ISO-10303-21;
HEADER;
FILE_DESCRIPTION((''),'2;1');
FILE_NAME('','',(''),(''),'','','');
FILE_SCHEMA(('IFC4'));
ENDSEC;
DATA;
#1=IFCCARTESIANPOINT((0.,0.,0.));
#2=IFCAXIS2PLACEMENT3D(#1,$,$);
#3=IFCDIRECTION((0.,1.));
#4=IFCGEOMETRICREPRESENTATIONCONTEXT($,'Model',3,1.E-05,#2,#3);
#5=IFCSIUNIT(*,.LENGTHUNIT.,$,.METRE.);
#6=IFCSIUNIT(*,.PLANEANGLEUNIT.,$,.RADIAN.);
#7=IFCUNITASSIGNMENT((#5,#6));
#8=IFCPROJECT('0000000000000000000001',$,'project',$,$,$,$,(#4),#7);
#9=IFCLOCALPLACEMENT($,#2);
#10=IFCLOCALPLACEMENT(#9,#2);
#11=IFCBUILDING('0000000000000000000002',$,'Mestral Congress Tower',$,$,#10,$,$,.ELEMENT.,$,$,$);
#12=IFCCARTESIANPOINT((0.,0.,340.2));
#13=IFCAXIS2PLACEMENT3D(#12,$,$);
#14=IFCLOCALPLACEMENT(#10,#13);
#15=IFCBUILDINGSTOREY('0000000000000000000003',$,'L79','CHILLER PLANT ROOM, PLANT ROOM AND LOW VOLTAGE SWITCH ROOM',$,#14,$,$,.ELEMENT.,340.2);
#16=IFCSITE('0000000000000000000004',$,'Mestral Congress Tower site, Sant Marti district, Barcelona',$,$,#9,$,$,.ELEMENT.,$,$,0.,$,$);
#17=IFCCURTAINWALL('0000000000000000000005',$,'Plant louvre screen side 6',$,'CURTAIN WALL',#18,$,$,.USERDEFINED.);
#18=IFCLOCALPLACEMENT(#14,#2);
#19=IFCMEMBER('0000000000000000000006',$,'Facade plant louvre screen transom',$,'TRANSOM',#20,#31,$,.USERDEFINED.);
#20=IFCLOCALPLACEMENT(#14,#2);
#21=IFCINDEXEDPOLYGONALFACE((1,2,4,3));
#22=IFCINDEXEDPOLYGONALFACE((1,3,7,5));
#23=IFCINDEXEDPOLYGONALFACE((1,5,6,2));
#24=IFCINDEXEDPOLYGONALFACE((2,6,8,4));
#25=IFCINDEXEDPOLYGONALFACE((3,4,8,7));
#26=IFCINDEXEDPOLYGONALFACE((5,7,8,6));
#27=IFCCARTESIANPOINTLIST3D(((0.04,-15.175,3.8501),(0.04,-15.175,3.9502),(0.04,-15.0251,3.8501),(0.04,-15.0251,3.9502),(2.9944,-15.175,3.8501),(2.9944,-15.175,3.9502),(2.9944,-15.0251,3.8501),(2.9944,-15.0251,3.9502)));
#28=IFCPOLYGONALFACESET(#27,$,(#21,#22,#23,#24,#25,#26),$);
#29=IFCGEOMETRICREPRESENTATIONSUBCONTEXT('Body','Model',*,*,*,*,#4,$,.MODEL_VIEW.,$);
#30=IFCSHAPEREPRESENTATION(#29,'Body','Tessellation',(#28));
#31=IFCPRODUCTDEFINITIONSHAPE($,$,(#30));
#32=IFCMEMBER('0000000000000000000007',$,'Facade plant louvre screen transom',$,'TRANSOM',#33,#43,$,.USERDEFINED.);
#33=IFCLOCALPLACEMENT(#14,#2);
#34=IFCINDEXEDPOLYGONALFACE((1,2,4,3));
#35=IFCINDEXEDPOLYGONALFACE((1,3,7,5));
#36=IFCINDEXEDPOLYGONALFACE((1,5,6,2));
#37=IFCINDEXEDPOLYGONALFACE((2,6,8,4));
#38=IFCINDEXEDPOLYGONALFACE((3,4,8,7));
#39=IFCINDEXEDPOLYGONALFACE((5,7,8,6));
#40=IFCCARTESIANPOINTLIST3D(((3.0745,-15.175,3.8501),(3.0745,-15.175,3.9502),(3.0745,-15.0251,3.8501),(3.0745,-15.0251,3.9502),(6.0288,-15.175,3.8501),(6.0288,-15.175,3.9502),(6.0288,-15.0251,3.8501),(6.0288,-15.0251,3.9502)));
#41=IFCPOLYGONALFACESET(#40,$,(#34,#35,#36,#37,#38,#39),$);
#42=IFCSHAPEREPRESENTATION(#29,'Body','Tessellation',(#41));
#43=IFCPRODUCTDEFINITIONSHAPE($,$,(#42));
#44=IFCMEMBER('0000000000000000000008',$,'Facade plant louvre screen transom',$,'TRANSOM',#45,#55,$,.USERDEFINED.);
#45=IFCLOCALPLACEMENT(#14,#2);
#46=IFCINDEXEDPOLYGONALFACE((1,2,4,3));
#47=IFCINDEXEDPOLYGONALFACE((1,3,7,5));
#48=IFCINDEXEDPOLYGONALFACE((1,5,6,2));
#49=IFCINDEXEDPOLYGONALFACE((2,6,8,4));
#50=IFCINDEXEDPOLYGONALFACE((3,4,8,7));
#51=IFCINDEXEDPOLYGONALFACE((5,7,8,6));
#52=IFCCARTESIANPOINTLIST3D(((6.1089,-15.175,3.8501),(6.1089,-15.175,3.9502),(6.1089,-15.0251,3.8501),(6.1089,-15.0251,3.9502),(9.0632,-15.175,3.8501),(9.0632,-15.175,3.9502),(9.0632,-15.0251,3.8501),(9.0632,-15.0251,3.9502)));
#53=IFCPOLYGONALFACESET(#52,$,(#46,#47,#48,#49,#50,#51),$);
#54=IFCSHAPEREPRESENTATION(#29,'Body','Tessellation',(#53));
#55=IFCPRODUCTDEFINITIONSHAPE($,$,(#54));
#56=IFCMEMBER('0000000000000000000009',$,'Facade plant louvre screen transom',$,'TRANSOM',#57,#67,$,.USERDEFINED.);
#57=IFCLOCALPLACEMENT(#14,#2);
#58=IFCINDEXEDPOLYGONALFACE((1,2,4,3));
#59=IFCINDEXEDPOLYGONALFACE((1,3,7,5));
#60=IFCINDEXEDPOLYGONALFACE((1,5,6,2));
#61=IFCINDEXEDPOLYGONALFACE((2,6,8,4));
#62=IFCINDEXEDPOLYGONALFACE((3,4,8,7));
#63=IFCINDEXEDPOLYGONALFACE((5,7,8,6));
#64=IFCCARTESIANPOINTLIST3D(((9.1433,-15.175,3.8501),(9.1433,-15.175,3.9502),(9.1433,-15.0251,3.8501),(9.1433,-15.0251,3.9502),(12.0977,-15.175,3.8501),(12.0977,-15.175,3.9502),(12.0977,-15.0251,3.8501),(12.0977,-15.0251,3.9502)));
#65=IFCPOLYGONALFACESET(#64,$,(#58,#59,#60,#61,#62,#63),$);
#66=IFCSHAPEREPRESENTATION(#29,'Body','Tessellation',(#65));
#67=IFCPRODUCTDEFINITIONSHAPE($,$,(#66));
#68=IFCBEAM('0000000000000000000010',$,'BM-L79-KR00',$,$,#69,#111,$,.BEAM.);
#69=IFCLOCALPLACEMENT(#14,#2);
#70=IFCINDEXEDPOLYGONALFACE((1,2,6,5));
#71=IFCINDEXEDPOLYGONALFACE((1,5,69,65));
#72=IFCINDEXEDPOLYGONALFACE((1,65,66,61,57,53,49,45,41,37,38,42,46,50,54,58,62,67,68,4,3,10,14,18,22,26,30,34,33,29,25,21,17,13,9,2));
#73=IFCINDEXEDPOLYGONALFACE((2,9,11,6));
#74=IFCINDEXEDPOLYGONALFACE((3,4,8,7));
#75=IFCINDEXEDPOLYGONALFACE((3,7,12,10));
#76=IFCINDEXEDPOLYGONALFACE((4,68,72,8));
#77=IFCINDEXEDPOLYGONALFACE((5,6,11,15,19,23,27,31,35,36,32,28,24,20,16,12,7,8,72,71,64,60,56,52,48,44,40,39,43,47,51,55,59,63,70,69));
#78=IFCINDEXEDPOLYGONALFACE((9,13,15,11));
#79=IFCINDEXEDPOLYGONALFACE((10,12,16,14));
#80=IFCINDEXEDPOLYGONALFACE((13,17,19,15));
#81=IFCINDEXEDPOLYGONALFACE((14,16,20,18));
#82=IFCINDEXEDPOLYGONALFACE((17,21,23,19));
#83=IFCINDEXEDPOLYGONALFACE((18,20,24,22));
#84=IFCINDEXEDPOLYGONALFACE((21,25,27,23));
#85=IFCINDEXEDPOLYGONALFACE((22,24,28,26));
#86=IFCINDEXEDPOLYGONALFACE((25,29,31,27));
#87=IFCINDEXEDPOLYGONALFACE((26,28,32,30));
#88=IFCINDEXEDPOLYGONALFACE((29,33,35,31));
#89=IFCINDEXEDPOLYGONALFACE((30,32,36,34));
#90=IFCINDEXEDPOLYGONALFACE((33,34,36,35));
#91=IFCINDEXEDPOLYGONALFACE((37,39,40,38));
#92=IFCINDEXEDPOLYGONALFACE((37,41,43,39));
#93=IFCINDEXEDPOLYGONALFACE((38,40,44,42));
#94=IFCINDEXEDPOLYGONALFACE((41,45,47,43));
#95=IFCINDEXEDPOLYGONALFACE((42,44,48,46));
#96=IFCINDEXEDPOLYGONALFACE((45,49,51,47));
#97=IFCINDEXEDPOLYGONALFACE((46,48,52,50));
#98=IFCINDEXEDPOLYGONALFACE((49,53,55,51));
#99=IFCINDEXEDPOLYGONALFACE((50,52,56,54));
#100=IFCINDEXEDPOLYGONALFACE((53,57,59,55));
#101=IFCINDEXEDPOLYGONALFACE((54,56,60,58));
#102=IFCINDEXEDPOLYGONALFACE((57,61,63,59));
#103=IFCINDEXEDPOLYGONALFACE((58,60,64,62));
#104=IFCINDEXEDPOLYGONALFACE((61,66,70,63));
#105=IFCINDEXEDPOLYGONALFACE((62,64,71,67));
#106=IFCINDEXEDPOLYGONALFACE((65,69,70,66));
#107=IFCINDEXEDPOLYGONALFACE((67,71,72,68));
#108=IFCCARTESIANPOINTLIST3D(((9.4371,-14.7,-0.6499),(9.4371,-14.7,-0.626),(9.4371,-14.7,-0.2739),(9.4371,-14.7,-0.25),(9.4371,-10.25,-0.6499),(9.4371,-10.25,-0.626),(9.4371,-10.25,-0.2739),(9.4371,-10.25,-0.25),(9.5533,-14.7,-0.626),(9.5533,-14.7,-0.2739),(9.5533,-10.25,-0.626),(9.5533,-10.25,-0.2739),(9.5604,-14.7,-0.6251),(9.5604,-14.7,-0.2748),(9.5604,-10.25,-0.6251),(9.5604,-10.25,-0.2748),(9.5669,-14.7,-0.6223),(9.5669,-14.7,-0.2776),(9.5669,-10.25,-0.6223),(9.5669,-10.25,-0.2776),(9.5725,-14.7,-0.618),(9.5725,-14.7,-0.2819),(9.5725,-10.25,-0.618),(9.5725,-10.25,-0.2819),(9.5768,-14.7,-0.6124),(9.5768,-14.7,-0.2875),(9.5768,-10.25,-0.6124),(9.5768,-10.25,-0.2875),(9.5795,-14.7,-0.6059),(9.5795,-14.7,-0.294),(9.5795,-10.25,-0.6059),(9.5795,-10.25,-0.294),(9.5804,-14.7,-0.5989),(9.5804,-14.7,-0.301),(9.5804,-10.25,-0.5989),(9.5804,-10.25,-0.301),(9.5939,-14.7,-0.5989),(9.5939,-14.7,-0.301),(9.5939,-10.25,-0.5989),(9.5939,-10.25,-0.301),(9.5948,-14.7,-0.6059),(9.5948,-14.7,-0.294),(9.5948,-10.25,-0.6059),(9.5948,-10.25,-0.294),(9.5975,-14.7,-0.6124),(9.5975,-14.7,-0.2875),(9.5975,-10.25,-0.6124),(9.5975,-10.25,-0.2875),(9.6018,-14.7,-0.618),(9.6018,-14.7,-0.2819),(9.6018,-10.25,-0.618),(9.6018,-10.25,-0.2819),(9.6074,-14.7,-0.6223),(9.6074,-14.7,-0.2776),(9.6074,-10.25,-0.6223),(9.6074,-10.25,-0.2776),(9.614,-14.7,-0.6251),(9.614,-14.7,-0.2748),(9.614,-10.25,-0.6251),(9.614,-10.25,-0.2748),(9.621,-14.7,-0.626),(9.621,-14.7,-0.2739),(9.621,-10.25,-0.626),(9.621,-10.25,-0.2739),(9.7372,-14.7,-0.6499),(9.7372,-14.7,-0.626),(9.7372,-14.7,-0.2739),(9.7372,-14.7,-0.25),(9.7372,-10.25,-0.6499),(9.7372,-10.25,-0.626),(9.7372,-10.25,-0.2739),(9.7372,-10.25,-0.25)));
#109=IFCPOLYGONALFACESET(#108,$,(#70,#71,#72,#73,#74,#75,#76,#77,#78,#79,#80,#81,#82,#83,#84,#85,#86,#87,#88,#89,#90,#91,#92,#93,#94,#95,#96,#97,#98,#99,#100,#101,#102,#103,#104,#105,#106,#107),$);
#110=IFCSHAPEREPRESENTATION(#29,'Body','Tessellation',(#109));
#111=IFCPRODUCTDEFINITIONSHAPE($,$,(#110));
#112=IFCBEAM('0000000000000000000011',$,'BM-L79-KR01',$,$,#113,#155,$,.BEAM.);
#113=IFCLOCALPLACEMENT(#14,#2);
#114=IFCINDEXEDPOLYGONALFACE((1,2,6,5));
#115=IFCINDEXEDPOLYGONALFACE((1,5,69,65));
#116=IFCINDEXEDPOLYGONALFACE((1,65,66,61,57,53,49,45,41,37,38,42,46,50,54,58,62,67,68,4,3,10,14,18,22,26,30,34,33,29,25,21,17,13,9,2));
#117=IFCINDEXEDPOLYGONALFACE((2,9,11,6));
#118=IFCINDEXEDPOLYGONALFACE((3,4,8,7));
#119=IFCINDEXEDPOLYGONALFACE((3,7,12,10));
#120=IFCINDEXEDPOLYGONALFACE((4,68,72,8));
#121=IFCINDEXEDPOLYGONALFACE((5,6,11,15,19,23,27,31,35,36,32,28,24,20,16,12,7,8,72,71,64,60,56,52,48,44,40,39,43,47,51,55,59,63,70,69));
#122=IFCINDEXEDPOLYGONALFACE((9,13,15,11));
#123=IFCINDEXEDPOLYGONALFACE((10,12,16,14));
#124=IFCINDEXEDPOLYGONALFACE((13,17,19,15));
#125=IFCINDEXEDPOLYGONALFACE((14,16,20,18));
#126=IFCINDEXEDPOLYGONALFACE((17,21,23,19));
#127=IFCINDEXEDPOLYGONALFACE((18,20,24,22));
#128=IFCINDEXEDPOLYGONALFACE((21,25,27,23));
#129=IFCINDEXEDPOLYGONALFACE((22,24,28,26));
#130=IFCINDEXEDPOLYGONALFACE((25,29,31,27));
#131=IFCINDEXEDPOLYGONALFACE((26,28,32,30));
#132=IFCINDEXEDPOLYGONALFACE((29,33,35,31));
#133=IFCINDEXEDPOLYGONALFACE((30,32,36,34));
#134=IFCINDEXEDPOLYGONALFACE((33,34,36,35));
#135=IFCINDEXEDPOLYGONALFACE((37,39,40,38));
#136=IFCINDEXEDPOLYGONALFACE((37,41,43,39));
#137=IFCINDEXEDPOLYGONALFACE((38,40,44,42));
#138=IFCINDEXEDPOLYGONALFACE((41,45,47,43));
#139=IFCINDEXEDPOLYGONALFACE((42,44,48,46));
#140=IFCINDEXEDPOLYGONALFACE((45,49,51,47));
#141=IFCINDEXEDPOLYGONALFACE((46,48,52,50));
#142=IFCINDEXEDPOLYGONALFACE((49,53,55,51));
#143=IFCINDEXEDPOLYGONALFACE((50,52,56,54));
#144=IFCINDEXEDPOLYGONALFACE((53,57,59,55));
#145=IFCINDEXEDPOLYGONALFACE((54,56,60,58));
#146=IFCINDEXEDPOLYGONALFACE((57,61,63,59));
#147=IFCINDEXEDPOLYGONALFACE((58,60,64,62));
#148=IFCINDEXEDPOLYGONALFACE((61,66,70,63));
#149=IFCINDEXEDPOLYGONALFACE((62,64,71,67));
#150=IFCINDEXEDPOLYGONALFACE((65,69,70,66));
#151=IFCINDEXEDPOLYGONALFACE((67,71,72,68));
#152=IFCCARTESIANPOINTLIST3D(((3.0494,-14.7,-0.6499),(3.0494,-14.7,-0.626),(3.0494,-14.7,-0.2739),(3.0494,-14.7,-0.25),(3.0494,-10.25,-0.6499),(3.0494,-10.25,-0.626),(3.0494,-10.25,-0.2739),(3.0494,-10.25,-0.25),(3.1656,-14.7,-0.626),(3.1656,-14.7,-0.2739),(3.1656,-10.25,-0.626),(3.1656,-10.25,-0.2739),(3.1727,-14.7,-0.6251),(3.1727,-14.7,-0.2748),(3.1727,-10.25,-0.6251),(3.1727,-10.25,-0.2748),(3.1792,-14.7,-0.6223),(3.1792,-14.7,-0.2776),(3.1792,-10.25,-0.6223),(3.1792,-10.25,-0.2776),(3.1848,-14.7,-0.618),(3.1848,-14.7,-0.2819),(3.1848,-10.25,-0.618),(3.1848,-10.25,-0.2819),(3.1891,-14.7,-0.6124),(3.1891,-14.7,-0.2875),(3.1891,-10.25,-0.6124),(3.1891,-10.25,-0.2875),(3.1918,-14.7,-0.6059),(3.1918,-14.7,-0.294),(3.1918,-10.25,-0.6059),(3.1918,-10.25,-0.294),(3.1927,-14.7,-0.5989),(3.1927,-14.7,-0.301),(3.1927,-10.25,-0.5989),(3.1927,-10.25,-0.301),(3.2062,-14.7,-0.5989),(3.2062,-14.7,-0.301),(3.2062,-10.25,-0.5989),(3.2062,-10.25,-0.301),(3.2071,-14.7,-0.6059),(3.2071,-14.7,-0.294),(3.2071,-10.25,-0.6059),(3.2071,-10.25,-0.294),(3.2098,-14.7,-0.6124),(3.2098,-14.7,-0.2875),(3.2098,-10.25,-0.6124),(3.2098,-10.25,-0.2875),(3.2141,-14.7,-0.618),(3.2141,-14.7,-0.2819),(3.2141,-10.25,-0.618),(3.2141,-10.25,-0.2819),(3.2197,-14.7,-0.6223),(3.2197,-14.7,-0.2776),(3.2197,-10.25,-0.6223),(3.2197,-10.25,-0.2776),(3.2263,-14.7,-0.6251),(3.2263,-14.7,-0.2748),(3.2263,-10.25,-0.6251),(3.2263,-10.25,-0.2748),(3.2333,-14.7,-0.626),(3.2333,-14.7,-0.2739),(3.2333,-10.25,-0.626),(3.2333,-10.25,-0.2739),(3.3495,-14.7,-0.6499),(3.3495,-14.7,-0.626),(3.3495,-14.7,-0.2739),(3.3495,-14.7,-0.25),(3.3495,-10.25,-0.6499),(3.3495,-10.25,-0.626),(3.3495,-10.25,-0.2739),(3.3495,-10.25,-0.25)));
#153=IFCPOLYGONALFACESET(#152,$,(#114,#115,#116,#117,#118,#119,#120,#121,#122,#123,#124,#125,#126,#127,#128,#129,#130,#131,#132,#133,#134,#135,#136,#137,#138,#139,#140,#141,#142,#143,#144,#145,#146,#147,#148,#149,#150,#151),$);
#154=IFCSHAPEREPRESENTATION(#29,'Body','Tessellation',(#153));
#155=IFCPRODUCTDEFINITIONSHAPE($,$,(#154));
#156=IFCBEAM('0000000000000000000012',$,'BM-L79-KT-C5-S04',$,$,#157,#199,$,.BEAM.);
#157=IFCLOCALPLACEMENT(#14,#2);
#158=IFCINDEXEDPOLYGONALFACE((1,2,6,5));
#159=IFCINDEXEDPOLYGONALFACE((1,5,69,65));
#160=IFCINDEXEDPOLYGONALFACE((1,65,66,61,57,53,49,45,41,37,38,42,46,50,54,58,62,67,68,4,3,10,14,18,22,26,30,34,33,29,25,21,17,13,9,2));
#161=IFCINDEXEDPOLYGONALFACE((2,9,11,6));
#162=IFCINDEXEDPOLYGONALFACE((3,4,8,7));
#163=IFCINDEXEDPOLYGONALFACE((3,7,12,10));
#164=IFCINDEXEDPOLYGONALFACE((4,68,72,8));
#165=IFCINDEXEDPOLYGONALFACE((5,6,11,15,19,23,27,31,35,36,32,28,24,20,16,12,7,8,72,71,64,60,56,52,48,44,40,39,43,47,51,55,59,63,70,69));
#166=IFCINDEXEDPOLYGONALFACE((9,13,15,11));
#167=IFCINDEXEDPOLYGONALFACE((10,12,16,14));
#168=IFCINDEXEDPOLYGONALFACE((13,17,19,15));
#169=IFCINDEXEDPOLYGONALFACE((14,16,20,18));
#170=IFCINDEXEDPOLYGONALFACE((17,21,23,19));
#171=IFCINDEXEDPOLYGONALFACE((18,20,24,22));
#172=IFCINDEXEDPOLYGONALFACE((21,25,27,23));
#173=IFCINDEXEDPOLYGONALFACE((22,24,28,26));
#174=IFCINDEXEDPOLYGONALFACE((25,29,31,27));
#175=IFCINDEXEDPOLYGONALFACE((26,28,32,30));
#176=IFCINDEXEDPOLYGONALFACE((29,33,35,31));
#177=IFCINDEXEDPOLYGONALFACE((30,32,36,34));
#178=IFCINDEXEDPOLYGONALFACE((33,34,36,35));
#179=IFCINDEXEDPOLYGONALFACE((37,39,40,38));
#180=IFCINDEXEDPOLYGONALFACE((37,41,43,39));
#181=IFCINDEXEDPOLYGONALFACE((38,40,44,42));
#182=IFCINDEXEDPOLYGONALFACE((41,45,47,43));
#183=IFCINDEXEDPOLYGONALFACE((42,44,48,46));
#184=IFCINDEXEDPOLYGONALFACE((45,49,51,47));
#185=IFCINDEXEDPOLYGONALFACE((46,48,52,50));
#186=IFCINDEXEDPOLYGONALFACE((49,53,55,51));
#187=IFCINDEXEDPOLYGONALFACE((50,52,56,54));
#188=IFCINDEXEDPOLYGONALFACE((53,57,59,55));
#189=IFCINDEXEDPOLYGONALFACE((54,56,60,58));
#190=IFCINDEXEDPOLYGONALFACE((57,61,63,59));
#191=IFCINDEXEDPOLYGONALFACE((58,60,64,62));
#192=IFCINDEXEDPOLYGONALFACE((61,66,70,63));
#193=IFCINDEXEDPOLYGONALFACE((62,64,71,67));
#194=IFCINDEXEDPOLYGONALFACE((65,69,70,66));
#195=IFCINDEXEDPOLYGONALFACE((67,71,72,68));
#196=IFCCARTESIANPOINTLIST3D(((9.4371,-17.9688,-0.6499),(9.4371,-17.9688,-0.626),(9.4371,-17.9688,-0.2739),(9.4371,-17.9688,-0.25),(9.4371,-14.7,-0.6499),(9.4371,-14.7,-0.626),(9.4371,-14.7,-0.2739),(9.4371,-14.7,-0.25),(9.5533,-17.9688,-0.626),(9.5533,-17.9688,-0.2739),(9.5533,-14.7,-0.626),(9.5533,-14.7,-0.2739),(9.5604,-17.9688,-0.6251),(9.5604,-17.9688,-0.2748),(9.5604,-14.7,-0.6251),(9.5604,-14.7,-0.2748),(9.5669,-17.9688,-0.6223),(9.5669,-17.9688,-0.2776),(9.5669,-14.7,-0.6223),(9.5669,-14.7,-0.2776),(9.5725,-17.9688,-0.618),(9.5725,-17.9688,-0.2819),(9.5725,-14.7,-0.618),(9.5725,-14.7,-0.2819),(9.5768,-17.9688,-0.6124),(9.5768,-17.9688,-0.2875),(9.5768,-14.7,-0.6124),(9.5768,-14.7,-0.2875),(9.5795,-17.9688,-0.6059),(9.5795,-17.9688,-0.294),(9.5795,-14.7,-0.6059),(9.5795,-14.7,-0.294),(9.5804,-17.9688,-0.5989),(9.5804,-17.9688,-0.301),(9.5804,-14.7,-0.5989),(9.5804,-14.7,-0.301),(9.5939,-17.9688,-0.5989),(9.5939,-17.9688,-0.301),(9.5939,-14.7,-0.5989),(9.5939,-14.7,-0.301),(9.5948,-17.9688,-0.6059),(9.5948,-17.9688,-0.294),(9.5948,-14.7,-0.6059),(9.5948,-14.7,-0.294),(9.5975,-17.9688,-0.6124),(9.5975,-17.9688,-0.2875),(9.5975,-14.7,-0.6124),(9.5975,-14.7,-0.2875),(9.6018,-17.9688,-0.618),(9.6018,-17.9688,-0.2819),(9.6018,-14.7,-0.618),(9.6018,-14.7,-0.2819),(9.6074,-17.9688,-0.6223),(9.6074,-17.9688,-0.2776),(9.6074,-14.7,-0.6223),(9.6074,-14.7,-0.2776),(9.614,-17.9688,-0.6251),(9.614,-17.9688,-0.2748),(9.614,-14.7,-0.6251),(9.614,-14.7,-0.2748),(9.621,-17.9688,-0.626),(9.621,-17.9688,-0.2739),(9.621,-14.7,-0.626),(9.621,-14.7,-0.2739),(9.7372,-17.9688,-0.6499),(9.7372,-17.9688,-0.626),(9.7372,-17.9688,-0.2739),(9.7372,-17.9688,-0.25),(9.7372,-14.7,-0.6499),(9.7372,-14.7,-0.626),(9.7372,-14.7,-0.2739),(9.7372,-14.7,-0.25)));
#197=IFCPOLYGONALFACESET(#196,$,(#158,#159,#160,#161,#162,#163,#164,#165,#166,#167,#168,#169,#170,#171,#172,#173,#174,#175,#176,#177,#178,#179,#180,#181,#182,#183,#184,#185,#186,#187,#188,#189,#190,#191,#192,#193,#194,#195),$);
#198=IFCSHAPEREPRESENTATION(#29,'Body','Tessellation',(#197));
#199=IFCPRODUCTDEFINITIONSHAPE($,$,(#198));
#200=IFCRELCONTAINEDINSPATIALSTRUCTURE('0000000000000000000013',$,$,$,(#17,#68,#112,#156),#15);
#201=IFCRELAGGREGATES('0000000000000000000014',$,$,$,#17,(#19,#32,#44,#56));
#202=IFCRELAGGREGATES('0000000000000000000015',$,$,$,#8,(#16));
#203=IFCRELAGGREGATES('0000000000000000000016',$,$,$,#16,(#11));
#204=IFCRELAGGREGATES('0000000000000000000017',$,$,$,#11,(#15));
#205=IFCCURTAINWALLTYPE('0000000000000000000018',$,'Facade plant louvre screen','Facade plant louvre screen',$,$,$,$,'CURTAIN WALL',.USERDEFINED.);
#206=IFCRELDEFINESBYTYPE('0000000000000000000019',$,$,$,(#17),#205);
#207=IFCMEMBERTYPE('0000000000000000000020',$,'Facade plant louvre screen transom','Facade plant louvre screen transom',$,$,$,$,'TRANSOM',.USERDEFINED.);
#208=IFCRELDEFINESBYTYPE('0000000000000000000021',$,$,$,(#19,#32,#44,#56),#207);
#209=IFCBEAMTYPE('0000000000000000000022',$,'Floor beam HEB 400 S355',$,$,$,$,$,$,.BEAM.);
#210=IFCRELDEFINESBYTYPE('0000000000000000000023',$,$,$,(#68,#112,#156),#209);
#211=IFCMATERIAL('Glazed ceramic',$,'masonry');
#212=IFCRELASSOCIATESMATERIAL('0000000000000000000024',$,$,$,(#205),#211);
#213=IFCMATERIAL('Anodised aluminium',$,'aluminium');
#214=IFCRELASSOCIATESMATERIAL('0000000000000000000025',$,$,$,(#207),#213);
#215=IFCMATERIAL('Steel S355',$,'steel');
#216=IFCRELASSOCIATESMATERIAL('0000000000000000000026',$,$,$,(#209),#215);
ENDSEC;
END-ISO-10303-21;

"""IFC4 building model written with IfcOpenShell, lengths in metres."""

from ifc_helpers import new_model, si_unit, direction, frame, origin, origin_2d, place, context, subcontext, project, spatial, rectangle, i_section, extrude, material, material_profile, profile_set, type_object, element, aggregate, save


model = new_model("IFC4")

# Units and contexts
model_context = context("Model", 3, precision=1e-05, world=origin(), true_north=direction((0.0, 1.0)))
body_context = subcontext(model_context, "Body", "Model", "MODEL_VIEW")
ifc_project = project(units=[si_unit("LENGTHUNIT", "METRE"), si_unit("PLANEANGLEUNIT", "RADIAN")], contexts=[model_context])

# Site, building, storey
site_placement = place(None, origin())
site = spatial("IfcSite", under=ifc_project, at=site_placement, Name="Mestral Congress Tower site, Sant Marti district, Barcelona", CompositionType="ELEMENT", RefElevation=0.0)
building_placement = place(site_placement, origin())
building = spatial("IfcBuilding", under=site, at=building_placement, Name="Mestral Congress Tower", CompositionType="ELEMENT")
storey_placement = place(building_placement, frame((0.0, 0.0, 340.2)))
storey = spatial("IfcBuildingStorey", under=building, at=storey_placement, Name="L79", Description="CHILLER PLANT ROOM, PLANT ROOM AND LOW VOLTAGE SWITCH ROOM", CompositionType="ELEMENT", Elevation=340.2)

# Shared definitions
ifc_material_1 = material(Name="Steel S355", Category="steel")

# Curtain wall, members
ifc_material_2 = material(Name="Glazed ceramic", Category="masonry")
curtain_wall_type = type_object("IfcCurtainWallType", Name="Facade plant louvre screen", Description="Facade plant louvre screen", ElementType="CURTAIN WALL", PredefinedType="USERDEFINED", material=ifc_material_2)
curtain_wall_placement = place(storey_placement, origin())
curtain_wall = element("IfcCurtainWall", 1, at=curtain_wall_placement, inside=storey, type_object=curtain_wall_type, Name="Plant louvre screen side 6", ObjectType="CURTAIN WALL", PredefinedType="USERDEFINED")
ifc_material_3 = material(Name="Anodised aluminium", Category="aluminium")
ifc_material_profile_1 = material_profile(ifc_material_3, rectangle(XDim=0.1499, YDim=0.1001, at=origin_2d()), Name="CW6 transom 150 x 100")
ifc_profile_set_1 = profile_set([ifc_material_profile_1], Name="Anodised aluminium")
member_type_1 = type_object("IfcMemberType", Name="Facade plant louvre screen transom", Description="Facade plant louvre screen transom", ElementType="TRANSOM", PredefinedType="USERDEFINED", material=ifc_profile_set_1)
member_1_placement = place(storey_placement, frame((0.04, -15.1001, 3.9001), z_axis=(1.0, 0.0, 0.0), x_axis=(0.0, 1.0, 0.0)))
member_1 = element("IfcMember", 2, at=member_1_placement, type_object=member_type_1, Name="Facade plant louvre screen transom", ObjectType="TRANSOM", PredefinedType="USERDEFINED", context=body_context, shape_type="SweptSolid", body=[
    extrude(rectangle(XDim=0.1499, YDim=0.1001, at=origin_2d()), origin(), (0.0, 0.0, 1.0), 2.9543),
])
member_2_placement = place(storey_placement, frame((3.0745, -15.1001, 3.9001), z_axis=(1.0, 0.0, 0.0), x_axis=(0.0, 1.0, 0.0)))
member_2 = element("IfcMember", 3, at=member_2_placement, type_object=member_type_1, Name="Facade plant louvre screen transom", ObjectType="TRANSOM", PredefinedType="USERDEFINED", context=body_context, shape_type="SweptSolid", body=[
    extrude(rectangle(XDim=0.1499, YDim=0.1001, at=origin_2d()), origin(), (0.0, 0.0, 1.0), 2.9543),
])
member_3_placement = place(storey_placement, frame((6.1089, -15.1001, 3.9001), z_axis=(1.0, 0.0, 0.0), x_axis=(0.0, 1.0, 0.0)))
member_3 = element("IfcMember", 4, at=member_3_placement, type_object=member_type_1, Name="Facade plant louvre screen transom", ObjectType="TRANSOM", PredefinedType="USERDEFINED", context=body_context, shape_type="SweptSolid", body=[
    extrude(rectangle(XDim=0.1499, YDim=0.1001, at=origin_2d()), origin(), (0.0, 0.0, 1.0), 2.9543),
])
member_4_placement = place(storey_placement, frame((9.1433, -15.1001, 3.9001), z_axis=(1.0, 0.0, 0.0), x_axis=(0.0, 1.0, 0.0)))
member_4 = element("IfcMember", 5, at=member_4_placement, type_object=member_type_1, Name="Facade plant louvre screen transom", ObjectType="TRANSOM", PredefinedType="USERDEFINED", context=body_context, shape_type="SweptSolid", body=[
    extrude(rectangle(XDim=0.1499, YDim=0.1001, at=origin_2d()), origin(), (0.0, 0.0, 1.0), 2.9543),
])

# Beams
ifc_material_profile_2 = material_profile(ifc_material_1, i_section(OverallWidth=0.3, OverallDepth=0.3999, WebThickness=0.0134, FlangeThickness=0.0239, FilletRadius=0.0271, at=origin_2d()), Name="HEB 400")
ifc_profile_set_2 = profile_set([ifc_material_profile_2], Name="Steel S355")
beam_type_1 = type_object("IfcBeamType", Name="Floor beam HEB 400 S355", PredefinedType="BEAM", material=ifc_profile_set_2)
for number, where, z_axis, x_axis, name in (
    (6, (9.5872, -10.25, -0.45), (0.0, -1.0, 0.0), (1.0, 0.0, 0.0), "BM-L79-KR00"),
    (7, (3.1995, -10.25, -0.45), (0.0, -1.0, 0.0), (1.0, 0.0, 0.0), "BM-L79-KR01"),
):
    element("IfcBeam", number, at=place(storey_placement, frame(where, z_axis=z_axis, x_axis=x_axis)), inside=storey, type_object=beam_type_1, Name=name, PredefinedType="BEAM", context=body_context, shape_type="SweptSolid", body=[
        extrude(i_section(OverallWidth=0.3, OverallDepth=0.3999, WebThickness=0.0134, FlangeThickness=0.0239, FilletRadius=0.0271, at=origin_2d()), origin(), (0.0, 0.0, 1.0), 4.45),
    ])
beam_1_placement = place(storey_placement, frame((9.5872, -17.9688, -0.45), z_axis=(0.0, 1.0, 0.0), x_axis=(-1.0, 0.0, 0.0)))
element("IfcBeam", 8, at=beam_1_placement, inside=storey, type_object=beam_type_1, Name="BM-L79-KT-C5-S04", PredefinedType="BEAM", context=body_context, shape_type="SweptSolid", body=[
    extrude(i_section(OverallWidth=0.3, OverallDepth=0.3999, WebThickness=0.0134, FlangeThickness=0.0239, FilletRadius=0.0271, at=origin_2d()), origin(), (0.0, 0.0, 1.0), 3.2688),
])

aggregate(curtain_wall, [member_1, member_2, member_3, member_4])

save(model, "model.ifc")
